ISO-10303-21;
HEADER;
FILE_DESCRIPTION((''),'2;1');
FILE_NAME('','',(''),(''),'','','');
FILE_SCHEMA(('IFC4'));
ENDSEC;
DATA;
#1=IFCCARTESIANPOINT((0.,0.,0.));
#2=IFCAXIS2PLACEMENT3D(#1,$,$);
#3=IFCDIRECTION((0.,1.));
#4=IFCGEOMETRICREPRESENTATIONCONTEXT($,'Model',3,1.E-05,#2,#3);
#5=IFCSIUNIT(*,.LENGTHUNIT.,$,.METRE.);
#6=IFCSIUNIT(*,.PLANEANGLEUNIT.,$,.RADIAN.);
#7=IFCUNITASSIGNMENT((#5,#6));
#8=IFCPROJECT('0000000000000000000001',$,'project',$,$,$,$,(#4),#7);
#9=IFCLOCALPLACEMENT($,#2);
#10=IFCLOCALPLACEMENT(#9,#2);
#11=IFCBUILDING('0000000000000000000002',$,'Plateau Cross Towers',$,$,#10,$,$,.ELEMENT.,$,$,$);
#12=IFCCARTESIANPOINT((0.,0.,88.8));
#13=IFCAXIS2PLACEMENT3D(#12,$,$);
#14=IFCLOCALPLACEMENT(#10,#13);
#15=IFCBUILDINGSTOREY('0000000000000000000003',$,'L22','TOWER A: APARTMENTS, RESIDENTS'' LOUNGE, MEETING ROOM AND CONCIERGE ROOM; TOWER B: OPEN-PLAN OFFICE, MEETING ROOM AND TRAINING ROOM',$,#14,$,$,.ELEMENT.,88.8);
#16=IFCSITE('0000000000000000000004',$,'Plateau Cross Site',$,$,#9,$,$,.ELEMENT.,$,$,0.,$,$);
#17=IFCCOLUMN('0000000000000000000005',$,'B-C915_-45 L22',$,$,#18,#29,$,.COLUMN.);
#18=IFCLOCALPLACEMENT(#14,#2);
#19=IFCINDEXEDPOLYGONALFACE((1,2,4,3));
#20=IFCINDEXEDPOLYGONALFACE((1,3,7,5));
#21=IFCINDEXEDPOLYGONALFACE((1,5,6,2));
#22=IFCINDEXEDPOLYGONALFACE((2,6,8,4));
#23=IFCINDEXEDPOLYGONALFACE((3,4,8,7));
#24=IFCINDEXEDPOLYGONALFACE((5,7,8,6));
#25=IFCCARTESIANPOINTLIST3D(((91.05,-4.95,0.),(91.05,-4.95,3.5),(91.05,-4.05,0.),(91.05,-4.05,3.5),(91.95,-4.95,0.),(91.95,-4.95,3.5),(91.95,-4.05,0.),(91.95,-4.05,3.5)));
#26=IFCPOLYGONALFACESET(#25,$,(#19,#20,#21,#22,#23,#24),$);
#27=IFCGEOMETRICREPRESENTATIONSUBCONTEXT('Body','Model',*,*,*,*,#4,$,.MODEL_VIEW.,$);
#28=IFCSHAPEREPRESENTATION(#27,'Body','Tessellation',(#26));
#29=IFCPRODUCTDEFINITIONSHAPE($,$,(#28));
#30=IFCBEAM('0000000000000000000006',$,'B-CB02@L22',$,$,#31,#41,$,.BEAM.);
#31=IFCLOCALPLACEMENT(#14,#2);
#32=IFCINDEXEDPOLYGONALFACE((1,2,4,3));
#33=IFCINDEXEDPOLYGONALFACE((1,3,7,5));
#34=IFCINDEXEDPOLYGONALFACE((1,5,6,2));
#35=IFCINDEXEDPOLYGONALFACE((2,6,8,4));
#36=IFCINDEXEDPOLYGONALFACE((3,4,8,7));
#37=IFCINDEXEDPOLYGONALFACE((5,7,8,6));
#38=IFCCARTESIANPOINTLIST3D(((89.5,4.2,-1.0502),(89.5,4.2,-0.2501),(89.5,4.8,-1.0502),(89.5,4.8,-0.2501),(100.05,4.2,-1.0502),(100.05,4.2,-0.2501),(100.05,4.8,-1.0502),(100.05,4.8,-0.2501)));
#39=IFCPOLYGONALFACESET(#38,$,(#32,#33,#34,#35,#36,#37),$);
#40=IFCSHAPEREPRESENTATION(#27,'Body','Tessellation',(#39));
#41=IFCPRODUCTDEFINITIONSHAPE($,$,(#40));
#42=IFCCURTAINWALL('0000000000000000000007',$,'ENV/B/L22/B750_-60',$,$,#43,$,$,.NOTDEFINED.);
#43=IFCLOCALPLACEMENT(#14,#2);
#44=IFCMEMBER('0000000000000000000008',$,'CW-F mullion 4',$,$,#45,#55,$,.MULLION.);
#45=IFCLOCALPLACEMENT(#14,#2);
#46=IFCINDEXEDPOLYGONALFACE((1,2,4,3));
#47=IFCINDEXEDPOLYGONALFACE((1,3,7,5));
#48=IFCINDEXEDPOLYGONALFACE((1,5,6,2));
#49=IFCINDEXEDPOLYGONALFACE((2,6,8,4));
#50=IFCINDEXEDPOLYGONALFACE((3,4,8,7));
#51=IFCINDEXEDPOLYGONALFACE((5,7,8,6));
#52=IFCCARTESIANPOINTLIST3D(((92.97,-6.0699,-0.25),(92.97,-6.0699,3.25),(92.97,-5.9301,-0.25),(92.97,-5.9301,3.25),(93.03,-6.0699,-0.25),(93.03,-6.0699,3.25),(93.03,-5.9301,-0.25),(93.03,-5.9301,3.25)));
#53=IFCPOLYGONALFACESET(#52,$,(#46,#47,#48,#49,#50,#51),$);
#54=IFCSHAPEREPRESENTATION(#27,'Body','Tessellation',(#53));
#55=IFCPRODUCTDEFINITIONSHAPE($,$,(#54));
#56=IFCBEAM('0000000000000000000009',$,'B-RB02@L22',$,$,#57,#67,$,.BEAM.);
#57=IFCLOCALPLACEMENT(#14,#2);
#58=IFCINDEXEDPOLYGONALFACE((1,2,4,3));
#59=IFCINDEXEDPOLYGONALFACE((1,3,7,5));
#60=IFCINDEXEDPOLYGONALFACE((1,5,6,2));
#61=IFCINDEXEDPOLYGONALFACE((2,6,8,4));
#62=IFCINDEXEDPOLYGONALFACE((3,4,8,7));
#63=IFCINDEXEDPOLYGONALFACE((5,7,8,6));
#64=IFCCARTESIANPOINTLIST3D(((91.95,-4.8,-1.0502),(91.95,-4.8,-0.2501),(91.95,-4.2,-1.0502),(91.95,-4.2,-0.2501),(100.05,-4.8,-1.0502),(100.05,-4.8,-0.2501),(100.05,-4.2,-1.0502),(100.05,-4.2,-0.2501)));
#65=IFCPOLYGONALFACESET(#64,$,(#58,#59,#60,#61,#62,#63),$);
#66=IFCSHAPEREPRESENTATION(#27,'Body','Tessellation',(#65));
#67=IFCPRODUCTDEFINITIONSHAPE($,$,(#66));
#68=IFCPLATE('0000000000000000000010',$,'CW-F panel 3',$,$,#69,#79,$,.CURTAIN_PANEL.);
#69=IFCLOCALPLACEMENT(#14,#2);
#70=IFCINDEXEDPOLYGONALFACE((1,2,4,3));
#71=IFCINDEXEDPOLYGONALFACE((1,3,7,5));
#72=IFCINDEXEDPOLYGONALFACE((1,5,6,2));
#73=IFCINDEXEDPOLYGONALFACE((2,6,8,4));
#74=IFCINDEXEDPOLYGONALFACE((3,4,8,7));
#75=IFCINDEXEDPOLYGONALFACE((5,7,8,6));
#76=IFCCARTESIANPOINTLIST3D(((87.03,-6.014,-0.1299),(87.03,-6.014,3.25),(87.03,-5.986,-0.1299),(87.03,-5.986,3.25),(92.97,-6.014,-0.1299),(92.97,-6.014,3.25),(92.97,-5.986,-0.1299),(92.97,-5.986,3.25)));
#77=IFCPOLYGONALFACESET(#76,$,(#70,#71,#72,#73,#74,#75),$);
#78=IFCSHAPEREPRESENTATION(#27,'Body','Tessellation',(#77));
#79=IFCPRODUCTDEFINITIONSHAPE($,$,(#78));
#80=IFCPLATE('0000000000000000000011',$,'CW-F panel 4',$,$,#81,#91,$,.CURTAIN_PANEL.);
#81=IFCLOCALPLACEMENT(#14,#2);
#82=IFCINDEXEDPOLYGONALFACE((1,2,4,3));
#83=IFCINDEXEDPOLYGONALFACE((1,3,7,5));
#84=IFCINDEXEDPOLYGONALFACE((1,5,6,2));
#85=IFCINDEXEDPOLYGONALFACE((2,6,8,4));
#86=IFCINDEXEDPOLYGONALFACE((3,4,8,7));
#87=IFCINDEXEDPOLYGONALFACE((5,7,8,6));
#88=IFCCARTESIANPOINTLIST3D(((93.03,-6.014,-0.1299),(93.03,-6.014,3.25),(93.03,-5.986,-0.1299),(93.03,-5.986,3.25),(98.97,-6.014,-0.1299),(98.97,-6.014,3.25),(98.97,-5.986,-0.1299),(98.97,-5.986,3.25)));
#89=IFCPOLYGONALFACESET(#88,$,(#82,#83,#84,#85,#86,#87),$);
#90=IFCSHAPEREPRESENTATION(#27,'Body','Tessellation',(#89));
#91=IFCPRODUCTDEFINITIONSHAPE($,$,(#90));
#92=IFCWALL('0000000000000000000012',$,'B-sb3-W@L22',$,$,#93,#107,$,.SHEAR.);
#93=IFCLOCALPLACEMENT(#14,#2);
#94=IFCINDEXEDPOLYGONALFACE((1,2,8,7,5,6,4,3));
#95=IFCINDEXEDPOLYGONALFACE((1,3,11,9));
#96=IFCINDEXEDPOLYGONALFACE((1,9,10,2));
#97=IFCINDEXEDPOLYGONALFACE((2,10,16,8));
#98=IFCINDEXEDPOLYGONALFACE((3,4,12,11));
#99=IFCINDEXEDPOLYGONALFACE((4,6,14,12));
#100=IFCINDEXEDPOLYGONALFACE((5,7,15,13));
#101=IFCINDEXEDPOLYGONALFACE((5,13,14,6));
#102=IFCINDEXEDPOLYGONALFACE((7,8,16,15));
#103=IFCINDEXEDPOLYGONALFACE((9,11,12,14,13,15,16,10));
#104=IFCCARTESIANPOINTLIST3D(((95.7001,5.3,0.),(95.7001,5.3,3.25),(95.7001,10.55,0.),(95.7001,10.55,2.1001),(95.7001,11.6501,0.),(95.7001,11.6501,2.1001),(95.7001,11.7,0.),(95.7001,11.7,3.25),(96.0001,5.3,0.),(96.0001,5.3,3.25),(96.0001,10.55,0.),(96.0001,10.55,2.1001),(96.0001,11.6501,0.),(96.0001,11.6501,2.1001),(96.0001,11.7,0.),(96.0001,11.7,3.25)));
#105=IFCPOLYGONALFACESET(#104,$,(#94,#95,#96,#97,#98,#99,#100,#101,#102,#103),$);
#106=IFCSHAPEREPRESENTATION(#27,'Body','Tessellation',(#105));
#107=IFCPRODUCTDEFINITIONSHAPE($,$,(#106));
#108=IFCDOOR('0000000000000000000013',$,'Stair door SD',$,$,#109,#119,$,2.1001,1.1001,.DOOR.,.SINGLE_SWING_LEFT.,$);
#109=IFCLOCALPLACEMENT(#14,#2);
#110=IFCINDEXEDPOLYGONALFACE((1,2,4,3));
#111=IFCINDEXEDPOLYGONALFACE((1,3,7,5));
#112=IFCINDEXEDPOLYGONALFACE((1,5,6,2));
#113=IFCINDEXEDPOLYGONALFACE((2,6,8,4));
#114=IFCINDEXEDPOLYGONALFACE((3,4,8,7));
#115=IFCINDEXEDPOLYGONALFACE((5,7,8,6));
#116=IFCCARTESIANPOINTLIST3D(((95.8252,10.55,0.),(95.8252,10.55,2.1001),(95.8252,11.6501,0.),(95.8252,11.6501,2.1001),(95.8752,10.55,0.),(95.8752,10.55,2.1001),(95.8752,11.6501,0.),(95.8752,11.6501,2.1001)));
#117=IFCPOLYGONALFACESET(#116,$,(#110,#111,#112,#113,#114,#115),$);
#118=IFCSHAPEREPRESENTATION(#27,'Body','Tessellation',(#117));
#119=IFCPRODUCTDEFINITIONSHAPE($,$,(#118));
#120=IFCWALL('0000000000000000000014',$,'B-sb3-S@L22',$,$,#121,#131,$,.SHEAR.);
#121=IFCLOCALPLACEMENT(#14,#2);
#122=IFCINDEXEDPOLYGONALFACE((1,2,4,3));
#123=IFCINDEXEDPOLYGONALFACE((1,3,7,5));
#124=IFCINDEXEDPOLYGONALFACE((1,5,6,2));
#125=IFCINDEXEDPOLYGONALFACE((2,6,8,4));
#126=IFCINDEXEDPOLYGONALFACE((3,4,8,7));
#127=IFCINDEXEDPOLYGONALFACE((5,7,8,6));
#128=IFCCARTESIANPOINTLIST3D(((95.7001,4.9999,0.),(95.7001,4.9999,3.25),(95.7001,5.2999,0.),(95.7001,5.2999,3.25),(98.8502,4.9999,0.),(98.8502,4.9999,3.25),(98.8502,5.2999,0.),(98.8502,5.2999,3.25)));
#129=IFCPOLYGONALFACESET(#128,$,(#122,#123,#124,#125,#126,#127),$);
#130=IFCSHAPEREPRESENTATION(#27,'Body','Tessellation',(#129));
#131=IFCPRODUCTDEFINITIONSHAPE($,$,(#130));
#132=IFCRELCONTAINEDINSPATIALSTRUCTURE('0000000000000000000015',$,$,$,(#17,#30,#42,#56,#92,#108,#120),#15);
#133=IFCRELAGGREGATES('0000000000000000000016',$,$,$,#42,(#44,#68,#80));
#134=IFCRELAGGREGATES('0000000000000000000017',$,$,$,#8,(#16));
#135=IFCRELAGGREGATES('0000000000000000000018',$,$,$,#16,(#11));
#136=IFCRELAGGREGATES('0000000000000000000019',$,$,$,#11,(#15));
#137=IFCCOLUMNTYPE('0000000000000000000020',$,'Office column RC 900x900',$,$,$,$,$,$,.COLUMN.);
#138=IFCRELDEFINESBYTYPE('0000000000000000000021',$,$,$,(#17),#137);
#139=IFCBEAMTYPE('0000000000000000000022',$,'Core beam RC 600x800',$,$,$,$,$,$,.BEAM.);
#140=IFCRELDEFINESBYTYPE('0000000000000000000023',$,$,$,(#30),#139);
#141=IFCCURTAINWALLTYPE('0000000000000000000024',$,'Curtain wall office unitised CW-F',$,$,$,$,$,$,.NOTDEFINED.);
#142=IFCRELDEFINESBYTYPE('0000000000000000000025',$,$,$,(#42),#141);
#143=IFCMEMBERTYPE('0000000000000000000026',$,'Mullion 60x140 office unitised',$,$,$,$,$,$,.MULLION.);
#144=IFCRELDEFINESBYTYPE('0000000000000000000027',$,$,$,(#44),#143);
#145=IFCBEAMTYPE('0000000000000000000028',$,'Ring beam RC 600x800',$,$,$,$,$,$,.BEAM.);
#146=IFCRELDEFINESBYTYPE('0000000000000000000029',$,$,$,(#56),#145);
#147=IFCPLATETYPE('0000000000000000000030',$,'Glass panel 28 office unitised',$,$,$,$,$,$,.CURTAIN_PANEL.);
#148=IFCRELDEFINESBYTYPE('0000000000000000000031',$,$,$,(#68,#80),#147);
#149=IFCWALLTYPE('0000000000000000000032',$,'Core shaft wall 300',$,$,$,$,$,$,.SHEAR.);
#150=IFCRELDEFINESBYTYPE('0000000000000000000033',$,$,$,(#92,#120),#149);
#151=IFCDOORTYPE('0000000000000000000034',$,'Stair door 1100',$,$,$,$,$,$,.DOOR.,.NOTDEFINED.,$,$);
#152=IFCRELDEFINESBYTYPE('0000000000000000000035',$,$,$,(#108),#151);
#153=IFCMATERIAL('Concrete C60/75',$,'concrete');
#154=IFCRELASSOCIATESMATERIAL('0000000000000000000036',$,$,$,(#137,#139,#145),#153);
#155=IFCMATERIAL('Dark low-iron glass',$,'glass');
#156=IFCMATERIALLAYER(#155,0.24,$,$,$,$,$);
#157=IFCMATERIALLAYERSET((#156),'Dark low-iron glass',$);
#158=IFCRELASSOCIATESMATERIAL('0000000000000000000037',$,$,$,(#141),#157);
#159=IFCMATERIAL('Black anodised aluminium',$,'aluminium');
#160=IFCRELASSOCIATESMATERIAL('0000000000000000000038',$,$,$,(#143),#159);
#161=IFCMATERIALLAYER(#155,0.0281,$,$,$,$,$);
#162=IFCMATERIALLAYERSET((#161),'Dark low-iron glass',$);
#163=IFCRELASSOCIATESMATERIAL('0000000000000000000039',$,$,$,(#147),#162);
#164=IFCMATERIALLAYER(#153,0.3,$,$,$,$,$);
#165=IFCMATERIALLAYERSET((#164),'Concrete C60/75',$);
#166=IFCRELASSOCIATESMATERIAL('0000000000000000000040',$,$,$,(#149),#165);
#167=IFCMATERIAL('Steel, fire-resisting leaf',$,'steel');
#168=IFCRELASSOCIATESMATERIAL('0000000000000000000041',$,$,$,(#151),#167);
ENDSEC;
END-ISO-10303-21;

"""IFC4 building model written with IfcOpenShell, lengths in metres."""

from ifc_helpers import new_model, si_unit, direction, frame, frame_2d, origin, origin_2d, place, context, subcontext, project, spatial, rectangle, extrude, material, layer, layer_set, material_profile, profile_set, type_object, element, fill, aggregate, save


model = new_model("IFC4")

# Units and contexts
model_context = context("Model", 3, precision=1e-05, world=origin(), true_north=direction((0.0, 1.0)))
body_context = subcontext(model_context, "Body", "Model", "MODEL_VIEW")
ifc_project = project(units=[si_unit("LENGTHUNIT", "METRE"), si_unit("PLANEANGLEUNIT", "RADIAN")], contexts=[model_context])

# Site, building, storey
site_placement = place(None, origin())
site = spatial("IfcSite", under=ifc_project, at=site_placement, Name="Plateau Cross Site", CompositionType="ELEMENT", RefElevation=0.0)
building_placement = place(site_placement, origin())
building = spatial("IfcBuilding", under=site, at=building_placement, Name="Plateau Cross Towers", CompositionType="ELEMENT")
storey_placement = place(building_placement, frame((0.0, 0.0, 88.8)))
storey = spatial("IfcBuildingStorey", under=building, at=storey_placement, Name="L22", Description="TOWER A: APARTMENTS, RESIDENTS' LOUNGE, MEETING ROOM AND CONCIERGE ROOM; TOWER B: OPEN-PLAN OFFICE, MEETING ROOM AND TRAINING ROOM", CompositionType="ELEMENT", Elevation=88.8)

# Column
ifc_material_1 = material(Name="Concrete C60/75", Category="concrete")
ifc_material_profile_1 = material_profile(ifc_material_1, rectangle(XDim=0.8999, YDim=0.8999, at=origin_2d()), Name="RC 900x900")
ifc_profile_set_1 = profile_set([ifc_material_profile_1], Name="Concrete C60/75")
column_type = type_object("IfcColumnType", Name="Office column RC 900x900", PredefinedType="COLUMN", material=ifc_profile_set_1)
column_placement = place(storey_placement, frame((91.5, -4.5, 0.0), z_axis=(0.0, 0.0, 1.0), x_axis=(1.0, 0.0, 0.0)))
element("IfcColumn", 1, at=column_placement, inside=storey, type_object=column_type, Name="B-C915_-45 L22", PredefinedType="COLUMN", context=body_context, shape_type="SweptSolid", body=[
    extrude(rectangle(XDim=0.8999, YDim=0.8999, at=origin_2d()), origin(), (0.0, 0.0, 1.0), 3.5),
])

# Beam
ifc_material_profile_2 = material_profile(ifc_material_1, rectangle(XDim=0.6001, YDim=0.8, at=origin_2d()), Name="RC 600x800")
ifc_profile_set_2 = profile_set([ifc_material_profile_2], Name="Concrete C60/75")
beam_type_1 = type_object("IfcBeamType", Name="Core beam RC 600x800", PredefinedType="BEAM", material=ifc_profile_set_2)
beam_1_placement = place(storey_placement, frame((89.5, 4.5, -0.6501), z_axis=(1.0, 0.0, 0.0), x_axis=(0.0, 1.0, 0.0)))
element("IfcBeam", 2, at=beam_1_placement, inside=storey, type_object=beam_type_1, Name="B-CB02@L22", PredefinedType="BEAM", context=body_context, shape_type="SweptSolid", body=[
    extrude(rectangle(XDim=0.6001, YDim=0.8, at=origin_2d()), origin(), (0.0, 0.0, 1.0), 10.55),
])

# Curtain wall, member
ifc_material_2 = material(Name="Dark low-iron glass", Category="glass")
ifc_layer_1 = layer(ifc_material_2, 0.24)
ifc_layer_set_1 = layer_set([ifc_layer_1], Name="Dark low-iron glass")
curtain_wall_type = type_object("IfcCurtainWallType", Name="Curtain wall office unitised CW-F", PredefinedType="NOTDEFINED", material=ifc_layer_set_1)
curtain_wall_placement = place(storey_placement, origin())
curtain_wall = element("IfcCurtainWall", 3, at=curtain_wall_placement, inside=storey, type_object=curtain_wall_type, Name="ENV/B/L22/B750_-60", PredefinedType="NOTDEFINED")
ifc_material_3 = material(Name="Black anodised aluminium", Category="aluminium")
ifc_material_profile_3 = material_profile(ifc_material_3, rectangle(XDim=0.0601, YDim=0.1399, at=origin_2d()), Name="MULLION 60x140")
ifc_profile_set_3 = profile_set([ifc_material_profile_3], Name="Black anodised aluminium")
member_type = type_object("IfcMemberType", Name="Mullion 60x140 office unitised", PredefinedType="MULLION", material=ifc_profile_set_3)
member_placement = place(storey_placement, frame((93.0, -6.0, -0.25), z_axis=(0.0, 0.0, 1.0), x_axis=(1.0, 0.0, 0.0)))
member = element("IfcMember", 4, at=member_placement, type_object=member_type, Name="CW-F mullion 4", PredefinedType="MULLION", context=body_context, shape_type="SweptSolid", body=[
    extrude(rectangle(XDim=0.0601, YDim=0.1399, at=origin_2d()), origin(), (0.0, 0.0, 1.0), 3.5),
])

# Beam
ifc_material_profile_4 = material_profile(ifc_material_1, rectangle(XDim=0.6001, YDim=0.8, at=origin_2d()), Name="RC 600x800")
ifc_profile_set_4 = profile_set([ifc_material_profile_4], Name="Concrete C60/75")
beam_type_2 = type_object("IfcBeamType", Name="Ring beam RC 600x800", PredefinedType="BEAM", material=ifc_profile_set_4)
beam_2_placement = place(storey_placement, frame((91.95, -4.5, -0.6501), z_axis=(1.0, 0.0, 0.0), x_axis=(0.0, 1.0, 0.0)))
element("IfcBeam", 5, at=beam_2_placement, inside=storey, type_object=beam_type_2, Name="B-RB02@L22", PredefinedType="BEAM", context=body_context, shape_type="SweptSolid", body=[
    extrude(rectangle(XDim=0.6001, YDim=0.8, at=origin_2d()), origin(), (0.0, 0.0, 1.0), 8.1001),
])

# Plates
ifc_layer_2 = layer(ifc_material_2, 0.0281)
ifc_layer_set_2 = layer_set([ifc_layer_2], Name="Dark low-iron glass")
plate_type = type_object("IfcPlateType", Name="Glass panel 28 office unitised", PredefinedType="CURTAIN_PANEL", material=ifc_layer_set_2)
plate_1_placement = place(storey_placement, frame((90.0, -6.0, -0.1299), z_axis=(0.0, 0.0, 1.0), x_axis=(1.0, 0.0, 0.0)))
plate_1 = element("IfcPlate", 6, at=plate_1_placement, type_object=plate_type, Name="CW-F panel 3", PredefinedType="CURTAIN_PANEL", context=body_context, shape_type="SweptSolid", body=[
    extrude(rectangle(XDim=5.9399, YDim=0.0281, at=origin_2d()), origin(), (0.0, 0.0, 1.0), 3.3799),
])
plate_2_placement = place(storey_placement, frame((96.0, -6.0, -0.1299), z_axis=(0.0, 0.0, 1.0), x_axis=(1.0, 0.0, 0.0)))
plate_2 = element("IfcPlate", 7, at=plate_2_placement, type_object=plate_type, Name="CW-F panel 4", PredefinedType="CURTAIN_PANEL", context=body_context, shape_type="SweptSolid", body=[
    extrude(rectangle(XDim=5.9399, YDim=0.0281, at=origin_2d()), origin(), (0.0, 0.0, 1.0), 3.3799),
])
aggregate(curtain_wall, [member, plate_1, plate_2])

# Wall, opening, door
ifc_layer_3 = layer(ifc_material_1, 0.3)
ifc_layer_set_3 = layer_set([ifc_layer_3], Name="Concrete C60/75")
wall_type_1 = type_object("IfcWallType", Name="Core shaft wall 300", PredefinedType="SHEAR", material=ifc_layer_set_3)
wall_1_placement = place(storey_placement, frame((95.8501, 5.3, 0.0), z_axis=(0.0, 0.0, 1.0), x_axis=(0.0, 1.0, 0.0)))
wall_1 = element("IfcWall", 8, at=wall_1_placement, inside=storey, type_object=wall_type_1, Name="B-sb3-W@L22", PredefinedType="SHEAR", context=body_context, shape_type="SweptSolid", body=[
    extrude(rectangle(XDim=6.3999, YDim=0.3, at=frame_2d((3.2, 0.0))), origin(), (0.0, 0.0, 1.0), 3.25),
])
opening_1_placement = place(wall_1_placement, frame((5.25, 0.0, 0.0)))
opening_1 = element("IfcOpeningElement", 9, at=opening_1_placement, cuts=wall_1, PredefinedType="OPENING", context=body_context, shape_type="SweptSolid", body=[
    extrude(rectangle(XDim=1.1001, YDim=2.1001, at=frame_2d((0.55, 1.05))), frame((0.0, 0.1599, 0.0), z_axis=(0.0, -1.0, 0.0), x_axis=(1.0, 0.0, 0.0)), (0.0, 0.0, 1.0), 0.3201),
])
ifc_material_4 = material(Name="Steel, fire-resisting leaf", Category="steel")
door_type_1 = type_object("IfcDoorType", Name="Stair door 1100", OperationType="NOTDEFINED", PredefinedType="DOOR", material=ifc_material_4)
door_1_placement = place(opening_1_placement, origin())
door_1 = element("IfcDoor", 10, at=door_1_placement, inside=storey, type_object=door_type_1, Name="Stair door SD", OperationType="SINGLE_SWING_LEFT", OverallHeight=2.1001, OverallWidth=1.1001, PredefinedType="DOOR", context=body_context, shape_type="SweptSolid", body=[
    extrude(rectangle(XDim=1.1001, YDim=2.1001, at=frame_2d((0.55, 1.05))), frame((0.0, 0.0249, 0.0), z_axis=(0.0, -1.0, 0.0), x_axis=(1.0, 0.0, 0.0)), (0.0, 0.0, 1.0), 0.05),
])
fill(opening_1, door_1)

# Wall
wall_2_placement = place(storey_placement, frame((95.7, 5.1499, 0.0), z_axis=(0.0, 0.0, 1.0), x_axis=(1.0, 0.0, 0.0)))
element("IfcWall", 11, at=wall_2_placement, inside=storey, type_object=wall_type_1, Name="B-sb3-S@L22", PredefinedType="SHEAR", context=body_context, shape_type="SweptSolid", body=[
    extrude(rectangle(XDim=3.1501, YDim=0.3, at=frame_2d((1.5752, 0.0))), origin(), (0.0, 0.0, 1.0), 3.25),
])

save(model, "model.ifc")
